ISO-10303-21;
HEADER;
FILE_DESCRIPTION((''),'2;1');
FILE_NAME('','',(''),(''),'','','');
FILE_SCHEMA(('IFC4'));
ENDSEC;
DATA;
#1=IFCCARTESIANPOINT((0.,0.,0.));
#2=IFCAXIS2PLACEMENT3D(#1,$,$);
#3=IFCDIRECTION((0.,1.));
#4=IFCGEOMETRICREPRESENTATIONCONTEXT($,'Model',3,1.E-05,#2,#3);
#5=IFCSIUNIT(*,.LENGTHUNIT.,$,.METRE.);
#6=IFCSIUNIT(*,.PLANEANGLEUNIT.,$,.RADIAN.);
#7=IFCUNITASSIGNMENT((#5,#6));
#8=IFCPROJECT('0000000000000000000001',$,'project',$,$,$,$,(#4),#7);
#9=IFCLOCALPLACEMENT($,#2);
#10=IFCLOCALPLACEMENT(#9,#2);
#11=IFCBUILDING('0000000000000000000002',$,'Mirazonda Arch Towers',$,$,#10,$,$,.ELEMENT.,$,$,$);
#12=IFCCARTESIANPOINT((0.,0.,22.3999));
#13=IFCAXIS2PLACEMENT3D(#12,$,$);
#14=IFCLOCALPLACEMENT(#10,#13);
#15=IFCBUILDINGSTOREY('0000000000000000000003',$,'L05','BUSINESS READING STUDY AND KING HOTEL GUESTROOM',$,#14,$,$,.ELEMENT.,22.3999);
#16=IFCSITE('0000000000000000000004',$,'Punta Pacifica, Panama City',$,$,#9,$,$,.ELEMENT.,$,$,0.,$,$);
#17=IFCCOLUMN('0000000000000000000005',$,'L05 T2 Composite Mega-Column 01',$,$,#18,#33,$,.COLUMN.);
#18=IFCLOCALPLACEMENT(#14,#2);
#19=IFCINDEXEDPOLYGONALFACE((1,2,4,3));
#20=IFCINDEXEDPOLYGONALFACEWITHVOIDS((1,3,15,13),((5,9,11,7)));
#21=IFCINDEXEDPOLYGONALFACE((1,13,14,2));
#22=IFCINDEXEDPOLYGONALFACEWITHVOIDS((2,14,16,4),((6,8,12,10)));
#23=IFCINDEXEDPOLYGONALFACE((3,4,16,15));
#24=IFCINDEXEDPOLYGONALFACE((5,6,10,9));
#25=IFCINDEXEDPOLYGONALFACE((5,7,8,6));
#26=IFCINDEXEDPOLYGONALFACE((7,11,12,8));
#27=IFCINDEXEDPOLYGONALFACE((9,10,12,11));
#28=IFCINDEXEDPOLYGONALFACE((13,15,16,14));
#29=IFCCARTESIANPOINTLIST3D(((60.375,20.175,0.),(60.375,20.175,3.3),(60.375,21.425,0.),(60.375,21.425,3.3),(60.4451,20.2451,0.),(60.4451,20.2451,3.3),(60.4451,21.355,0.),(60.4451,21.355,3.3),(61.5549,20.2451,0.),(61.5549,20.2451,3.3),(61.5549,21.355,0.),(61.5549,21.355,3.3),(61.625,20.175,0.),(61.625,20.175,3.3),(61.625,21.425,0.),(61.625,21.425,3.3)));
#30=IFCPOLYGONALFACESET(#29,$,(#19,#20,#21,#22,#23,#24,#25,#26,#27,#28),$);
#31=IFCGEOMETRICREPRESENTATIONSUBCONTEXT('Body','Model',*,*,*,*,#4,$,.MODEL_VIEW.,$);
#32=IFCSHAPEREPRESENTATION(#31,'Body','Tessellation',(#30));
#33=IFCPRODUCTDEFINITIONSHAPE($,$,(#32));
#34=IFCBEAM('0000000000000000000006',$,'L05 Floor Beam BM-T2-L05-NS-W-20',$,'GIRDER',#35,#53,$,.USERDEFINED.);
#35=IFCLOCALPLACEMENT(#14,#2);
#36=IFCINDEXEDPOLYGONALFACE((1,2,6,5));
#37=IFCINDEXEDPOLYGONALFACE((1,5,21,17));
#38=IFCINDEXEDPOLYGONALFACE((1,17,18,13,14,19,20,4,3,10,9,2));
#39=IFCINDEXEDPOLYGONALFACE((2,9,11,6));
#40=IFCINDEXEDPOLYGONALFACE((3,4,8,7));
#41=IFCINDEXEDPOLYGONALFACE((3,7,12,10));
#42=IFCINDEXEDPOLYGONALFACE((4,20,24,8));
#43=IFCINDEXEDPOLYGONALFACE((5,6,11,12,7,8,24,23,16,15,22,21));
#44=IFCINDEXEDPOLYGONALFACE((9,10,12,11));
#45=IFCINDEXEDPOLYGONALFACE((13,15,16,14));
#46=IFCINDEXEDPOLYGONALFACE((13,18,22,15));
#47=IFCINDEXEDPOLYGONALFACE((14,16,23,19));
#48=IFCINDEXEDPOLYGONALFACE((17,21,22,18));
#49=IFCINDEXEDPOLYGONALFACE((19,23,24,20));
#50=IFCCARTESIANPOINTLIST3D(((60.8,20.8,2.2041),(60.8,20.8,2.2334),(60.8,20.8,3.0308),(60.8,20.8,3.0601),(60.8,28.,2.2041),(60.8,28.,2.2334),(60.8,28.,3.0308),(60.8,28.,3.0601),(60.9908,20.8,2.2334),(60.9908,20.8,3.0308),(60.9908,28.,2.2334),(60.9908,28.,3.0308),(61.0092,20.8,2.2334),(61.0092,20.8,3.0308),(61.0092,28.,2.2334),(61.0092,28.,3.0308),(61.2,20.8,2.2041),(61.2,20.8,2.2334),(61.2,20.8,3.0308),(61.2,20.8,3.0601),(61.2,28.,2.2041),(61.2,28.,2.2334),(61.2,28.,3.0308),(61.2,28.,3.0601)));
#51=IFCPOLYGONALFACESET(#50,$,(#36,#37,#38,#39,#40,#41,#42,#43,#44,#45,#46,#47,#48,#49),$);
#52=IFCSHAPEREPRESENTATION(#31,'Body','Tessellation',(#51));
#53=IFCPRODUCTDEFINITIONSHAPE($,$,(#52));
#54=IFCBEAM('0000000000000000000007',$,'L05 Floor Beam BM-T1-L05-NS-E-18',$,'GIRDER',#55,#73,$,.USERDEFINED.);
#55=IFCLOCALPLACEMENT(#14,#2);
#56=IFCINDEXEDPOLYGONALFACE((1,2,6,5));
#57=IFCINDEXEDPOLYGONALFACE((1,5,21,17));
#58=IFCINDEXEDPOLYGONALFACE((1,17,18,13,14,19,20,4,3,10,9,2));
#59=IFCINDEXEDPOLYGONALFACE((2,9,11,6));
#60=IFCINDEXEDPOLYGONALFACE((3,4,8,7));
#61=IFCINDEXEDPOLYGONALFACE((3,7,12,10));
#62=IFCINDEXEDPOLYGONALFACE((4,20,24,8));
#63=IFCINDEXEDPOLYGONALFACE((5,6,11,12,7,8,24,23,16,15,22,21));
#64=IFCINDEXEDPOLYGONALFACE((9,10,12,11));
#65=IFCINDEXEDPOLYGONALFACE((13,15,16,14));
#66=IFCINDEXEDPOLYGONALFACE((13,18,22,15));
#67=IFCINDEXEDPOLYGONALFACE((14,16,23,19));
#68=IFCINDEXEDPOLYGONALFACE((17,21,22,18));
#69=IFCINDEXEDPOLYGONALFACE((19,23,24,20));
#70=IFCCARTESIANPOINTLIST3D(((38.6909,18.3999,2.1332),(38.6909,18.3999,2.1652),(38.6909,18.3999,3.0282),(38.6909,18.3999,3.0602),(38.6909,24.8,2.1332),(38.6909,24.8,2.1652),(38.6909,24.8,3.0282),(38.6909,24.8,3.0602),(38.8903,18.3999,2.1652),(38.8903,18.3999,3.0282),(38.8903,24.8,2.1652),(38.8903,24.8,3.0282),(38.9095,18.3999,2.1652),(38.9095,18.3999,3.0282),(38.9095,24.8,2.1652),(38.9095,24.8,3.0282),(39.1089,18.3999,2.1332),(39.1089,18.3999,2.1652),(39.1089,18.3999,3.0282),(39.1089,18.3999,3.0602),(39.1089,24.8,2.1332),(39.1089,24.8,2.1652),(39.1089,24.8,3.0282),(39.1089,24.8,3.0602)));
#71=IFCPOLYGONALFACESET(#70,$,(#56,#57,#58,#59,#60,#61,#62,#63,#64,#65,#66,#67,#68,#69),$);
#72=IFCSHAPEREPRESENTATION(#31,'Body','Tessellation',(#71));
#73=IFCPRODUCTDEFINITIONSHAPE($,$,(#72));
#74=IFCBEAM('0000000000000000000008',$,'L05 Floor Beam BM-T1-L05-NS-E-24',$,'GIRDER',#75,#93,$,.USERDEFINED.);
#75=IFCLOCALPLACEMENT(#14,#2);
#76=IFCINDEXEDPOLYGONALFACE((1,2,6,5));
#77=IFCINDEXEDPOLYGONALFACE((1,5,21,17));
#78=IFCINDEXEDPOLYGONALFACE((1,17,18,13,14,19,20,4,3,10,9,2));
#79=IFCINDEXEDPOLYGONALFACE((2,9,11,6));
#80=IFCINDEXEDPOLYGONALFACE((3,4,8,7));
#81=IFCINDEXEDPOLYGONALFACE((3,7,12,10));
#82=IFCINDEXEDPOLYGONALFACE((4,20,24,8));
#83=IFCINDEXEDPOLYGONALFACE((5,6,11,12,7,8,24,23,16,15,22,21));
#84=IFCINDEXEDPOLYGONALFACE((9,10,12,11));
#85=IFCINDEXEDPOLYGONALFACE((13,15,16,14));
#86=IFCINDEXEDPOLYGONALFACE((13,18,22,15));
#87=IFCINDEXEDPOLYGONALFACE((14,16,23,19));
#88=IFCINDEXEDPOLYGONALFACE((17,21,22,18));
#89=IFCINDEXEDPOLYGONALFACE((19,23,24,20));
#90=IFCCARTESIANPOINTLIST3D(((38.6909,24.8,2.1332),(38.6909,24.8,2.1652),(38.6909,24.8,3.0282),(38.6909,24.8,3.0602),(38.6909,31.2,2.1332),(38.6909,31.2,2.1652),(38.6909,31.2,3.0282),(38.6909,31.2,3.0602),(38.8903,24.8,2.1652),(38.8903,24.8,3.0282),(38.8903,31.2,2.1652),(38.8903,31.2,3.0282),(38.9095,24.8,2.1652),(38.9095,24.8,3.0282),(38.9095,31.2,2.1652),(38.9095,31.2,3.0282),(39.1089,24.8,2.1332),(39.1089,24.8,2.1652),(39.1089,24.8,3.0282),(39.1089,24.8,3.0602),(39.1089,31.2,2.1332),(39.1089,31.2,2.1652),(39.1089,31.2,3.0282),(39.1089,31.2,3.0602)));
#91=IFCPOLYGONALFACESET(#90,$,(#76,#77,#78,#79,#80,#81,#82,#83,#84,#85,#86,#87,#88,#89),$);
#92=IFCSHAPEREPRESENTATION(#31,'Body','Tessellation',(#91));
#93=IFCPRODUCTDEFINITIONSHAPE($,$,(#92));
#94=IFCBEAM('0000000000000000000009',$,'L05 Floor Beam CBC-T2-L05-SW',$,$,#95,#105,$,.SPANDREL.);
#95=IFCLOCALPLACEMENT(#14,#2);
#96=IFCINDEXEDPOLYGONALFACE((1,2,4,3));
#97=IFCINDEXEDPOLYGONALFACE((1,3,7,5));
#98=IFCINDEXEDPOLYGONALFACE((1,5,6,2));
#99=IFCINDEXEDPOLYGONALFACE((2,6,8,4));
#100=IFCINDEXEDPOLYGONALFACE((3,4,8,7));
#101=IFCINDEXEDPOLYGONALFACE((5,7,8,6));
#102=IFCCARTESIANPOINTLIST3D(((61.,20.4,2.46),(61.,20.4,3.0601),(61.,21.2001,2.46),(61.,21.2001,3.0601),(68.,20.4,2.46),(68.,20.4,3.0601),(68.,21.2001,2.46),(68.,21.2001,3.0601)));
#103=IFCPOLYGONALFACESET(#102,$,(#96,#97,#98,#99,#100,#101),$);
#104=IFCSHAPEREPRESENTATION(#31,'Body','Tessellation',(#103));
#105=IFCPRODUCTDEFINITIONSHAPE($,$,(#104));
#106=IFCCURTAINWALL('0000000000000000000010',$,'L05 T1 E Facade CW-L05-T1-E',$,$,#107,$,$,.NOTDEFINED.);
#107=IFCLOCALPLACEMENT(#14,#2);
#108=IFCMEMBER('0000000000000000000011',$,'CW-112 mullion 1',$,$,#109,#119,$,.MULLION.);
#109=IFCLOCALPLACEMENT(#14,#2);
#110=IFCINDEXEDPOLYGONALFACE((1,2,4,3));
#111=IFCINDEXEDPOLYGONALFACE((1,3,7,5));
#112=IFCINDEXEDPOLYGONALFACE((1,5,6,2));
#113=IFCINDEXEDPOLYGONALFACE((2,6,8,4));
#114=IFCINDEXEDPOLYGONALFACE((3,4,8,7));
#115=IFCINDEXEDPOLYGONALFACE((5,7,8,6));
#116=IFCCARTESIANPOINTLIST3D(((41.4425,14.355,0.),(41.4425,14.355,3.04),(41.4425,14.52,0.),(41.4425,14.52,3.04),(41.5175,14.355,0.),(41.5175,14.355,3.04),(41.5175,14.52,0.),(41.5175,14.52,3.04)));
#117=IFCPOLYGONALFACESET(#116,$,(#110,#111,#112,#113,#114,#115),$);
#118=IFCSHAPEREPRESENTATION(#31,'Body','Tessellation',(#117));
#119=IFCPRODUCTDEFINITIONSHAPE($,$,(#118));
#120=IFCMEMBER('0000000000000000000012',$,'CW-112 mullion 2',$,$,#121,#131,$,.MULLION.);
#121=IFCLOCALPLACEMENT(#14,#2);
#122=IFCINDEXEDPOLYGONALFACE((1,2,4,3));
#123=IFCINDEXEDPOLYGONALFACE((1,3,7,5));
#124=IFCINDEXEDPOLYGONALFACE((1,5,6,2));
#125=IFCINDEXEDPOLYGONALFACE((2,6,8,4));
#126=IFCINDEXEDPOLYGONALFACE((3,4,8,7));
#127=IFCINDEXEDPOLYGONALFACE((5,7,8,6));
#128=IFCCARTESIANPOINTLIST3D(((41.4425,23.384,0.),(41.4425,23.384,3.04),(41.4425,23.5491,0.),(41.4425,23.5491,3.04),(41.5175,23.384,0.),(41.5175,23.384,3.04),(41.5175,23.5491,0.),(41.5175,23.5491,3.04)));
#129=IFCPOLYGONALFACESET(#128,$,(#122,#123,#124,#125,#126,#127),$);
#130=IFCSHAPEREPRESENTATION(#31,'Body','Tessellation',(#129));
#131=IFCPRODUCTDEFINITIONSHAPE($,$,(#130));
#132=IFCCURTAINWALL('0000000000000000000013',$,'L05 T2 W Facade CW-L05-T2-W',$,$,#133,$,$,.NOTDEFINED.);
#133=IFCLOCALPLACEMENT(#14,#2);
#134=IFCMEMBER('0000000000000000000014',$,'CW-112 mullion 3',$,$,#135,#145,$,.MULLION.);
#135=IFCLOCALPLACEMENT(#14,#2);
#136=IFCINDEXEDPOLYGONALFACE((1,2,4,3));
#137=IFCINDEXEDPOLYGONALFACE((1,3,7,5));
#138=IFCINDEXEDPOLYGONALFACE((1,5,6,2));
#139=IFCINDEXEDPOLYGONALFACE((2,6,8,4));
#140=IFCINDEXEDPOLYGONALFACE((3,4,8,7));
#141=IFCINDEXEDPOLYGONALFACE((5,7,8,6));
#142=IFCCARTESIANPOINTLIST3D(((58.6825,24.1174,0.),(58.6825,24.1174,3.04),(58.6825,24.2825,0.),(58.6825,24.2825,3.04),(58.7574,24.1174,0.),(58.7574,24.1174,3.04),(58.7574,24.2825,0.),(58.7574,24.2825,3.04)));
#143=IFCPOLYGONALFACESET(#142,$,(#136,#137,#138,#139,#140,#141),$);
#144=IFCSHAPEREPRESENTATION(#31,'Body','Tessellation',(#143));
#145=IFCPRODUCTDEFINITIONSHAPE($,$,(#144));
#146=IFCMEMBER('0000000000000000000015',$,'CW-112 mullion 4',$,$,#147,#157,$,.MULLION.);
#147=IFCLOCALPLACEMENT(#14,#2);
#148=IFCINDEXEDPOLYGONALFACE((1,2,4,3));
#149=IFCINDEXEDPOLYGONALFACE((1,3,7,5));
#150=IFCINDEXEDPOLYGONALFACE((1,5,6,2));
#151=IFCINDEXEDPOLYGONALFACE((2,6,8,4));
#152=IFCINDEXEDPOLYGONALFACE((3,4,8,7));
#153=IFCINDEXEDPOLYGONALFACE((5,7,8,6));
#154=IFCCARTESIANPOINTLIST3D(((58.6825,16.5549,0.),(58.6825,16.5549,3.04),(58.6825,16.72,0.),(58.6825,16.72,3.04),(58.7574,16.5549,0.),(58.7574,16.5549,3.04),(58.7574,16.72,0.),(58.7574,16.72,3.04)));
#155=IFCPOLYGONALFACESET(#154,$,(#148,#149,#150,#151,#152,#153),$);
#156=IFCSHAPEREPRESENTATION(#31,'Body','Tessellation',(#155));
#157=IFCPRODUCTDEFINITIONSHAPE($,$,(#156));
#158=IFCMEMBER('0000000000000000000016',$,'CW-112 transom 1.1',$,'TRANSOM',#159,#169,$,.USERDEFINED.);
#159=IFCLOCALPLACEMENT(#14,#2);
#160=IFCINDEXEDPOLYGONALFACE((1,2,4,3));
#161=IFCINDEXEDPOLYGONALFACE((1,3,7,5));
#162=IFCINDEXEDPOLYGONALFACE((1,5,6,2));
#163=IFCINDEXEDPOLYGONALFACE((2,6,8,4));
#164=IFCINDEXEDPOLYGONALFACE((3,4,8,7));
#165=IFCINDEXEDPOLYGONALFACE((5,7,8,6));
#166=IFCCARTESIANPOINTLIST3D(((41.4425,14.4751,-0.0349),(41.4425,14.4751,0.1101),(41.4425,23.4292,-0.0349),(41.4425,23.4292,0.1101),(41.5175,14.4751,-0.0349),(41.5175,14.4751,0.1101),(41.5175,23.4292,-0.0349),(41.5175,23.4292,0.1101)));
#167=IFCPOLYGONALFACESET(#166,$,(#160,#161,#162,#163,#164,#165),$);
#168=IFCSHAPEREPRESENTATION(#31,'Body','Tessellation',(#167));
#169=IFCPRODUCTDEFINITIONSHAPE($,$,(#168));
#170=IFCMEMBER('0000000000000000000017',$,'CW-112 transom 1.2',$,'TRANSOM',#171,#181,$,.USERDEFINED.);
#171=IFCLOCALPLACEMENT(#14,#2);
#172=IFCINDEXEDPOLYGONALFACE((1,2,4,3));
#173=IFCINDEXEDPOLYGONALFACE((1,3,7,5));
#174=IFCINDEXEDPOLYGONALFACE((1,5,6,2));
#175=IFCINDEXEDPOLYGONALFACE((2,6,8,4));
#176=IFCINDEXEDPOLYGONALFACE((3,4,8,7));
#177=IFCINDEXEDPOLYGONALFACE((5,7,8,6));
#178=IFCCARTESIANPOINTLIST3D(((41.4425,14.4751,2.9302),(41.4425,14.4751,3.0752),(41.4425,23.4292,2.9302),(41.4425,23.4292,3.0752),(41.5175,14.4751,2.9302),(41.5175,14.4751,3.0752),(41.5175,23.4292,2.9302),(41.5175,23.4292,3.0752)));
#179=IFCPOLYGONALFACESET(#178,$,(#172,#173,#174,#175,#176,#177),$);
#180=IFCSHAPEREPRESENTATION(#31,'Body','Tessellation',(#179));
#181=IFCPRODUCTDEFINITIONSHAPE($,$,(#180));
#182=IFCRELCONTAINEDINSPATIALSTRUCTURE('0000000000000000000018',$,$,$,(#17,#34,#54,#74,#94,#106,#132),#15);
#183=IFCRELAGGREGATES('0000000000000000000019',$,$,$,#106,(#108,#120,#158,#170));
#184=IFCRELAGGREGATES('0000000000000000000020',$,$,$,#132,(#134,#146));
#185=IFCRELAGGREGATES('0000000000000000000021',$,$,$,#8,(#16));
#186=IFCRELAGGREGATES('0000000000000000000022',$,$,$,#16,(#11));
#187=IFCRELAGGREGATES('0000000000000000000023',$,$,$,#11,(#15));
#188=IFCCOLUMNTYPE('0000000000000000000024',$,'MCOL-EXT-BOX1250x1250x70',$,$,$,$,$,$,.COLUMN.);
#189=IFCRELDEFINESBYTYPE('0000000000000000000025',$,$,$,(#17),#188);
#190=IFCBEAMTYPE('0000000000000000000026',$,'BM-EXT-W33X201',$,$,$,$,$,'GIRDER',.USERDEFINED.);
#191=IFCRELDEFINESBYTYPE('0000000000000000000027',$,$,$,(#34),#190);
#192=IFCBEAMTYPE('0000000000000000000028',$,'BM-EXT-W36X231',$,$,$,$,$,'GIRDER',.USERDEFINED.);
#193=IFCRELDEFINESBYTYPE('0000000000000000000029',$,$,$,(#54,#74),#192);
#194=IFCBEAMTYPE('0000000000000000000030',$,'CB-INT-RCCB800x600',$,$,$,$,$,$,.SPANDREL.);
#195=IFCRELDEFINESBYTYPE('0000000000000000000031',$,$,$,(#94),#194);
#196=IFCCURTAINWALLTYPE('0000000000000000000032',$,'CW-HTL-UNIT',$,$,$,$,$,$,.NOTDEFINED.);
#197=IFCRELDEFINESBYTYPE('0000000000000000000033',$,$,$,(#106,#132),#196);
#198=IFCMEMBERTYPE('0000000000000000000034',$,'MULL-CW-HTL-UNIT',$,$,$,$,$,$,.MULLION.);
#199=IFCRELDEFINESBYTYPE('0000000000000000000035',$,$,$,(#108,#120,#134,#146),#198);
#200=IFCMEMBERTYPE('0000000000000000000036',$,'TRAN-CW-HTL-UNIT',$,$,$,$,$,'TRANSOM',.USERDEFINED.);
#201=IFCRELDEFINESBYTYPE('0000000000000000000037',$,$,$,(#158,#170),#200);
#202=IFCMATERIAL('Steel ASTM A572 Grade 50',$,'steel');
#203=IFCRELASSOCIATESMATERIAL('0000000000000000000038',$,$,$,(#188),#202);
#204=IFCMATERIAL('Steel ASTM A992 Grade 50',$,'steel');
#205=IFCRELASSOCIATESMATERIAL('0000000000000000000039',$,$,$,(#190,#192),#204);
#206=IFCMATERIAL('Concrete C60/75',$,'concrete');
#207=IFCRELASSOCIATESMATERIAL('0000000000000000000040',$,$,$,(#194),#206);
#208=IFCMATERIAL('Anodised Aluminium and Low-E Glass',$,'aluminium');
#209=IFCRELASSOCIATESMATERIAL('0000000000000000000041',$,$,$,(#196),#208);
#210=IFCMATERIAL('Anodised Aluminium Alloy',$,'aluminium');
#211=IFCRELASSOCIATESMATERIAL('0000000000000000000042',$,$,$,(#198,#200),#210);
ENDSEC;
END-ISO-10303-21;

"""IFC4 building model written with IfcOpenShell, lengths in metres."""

from ifc_helpers import new_model, si_unit, direction, frame, origin, origin_2d, place, context, subcontext, project, spatial, rectangle, hollow_rectangle, i_section, extrude, material, material_profile, profile_set, type_object, element, aggregate, save


model = new_model("IFC4")

# Units and contexts
model_context = context("Model", 3, precision=1e-05, world=origin(), true_north=direction((0.0, 1.0)))
body_context = subcontext(model_context, "Body", "Model", "MODEL_VIEW")
ifc_project = project(units=[si_unit("LENGTHUNIT", "METRE"), si_unit("PLANEANGLEUNIT", "RADIAN")], contexts=[model_context])

# Site, building, storey
site_placement = place(None, origin())
site = spatial("IfcSite", under=ifc_project, at=site_placement, Name="Punta Pacifica, Panama City", CompositionType="ELEMENT", RefElevation=0.0)
building_placement = place(site_placement, origin())
building = spatial("IfcBuilding", under=site, at=building_placement, Name="Mirazonda Arch Towers", CompositionType="ELEMENT")
storey_placement = place(building_placement, frame((0.0, 0.0, 22.3999)))
storey = spatial("IfcBuildingStorey", under=building, at=storey_placement, Name="L05", Description="BUSINESS READING STUDY AND KING HOTEL GUESTROOM", CompositionType="ELEMENT", Elevation=22.3999)

# Column
ifc_material_1 = material(Name="Steel ASTM A572 Grade 50", Category="steel")
ifc_material_profile_1 = material_profile(ifc_material_1, hollow_rectangle(XDim=1.25, YDim=1.25, WallThickness=0.0701, at=origin_2d()), Name="BOX1250x1250x70")
ifc_profile_set_1 = profile_set([ifc_material_profile_1], Name="Steel ASTM A572 Grade 50")
column_type = type_object("IfcColumnType", Name="MCOL-EXT-BOX1250x1250x70", PredefinedType="COLUMN", material=ifc_profile_set_1)
column_placement = place(storey_placement, frame((61.0, 20.8, 0.0), z_axis=(0.0, 0.0, 1.0), x_axis=(1.0, 0.0, 0.0)))
element("IfcColumn", 1, at=column_placement, inside=storey, type_object=column_type, Name="L05 T2 Composite Mega-Column 01", PredefinedType="COLUMN", context=body_context, shape_type="SweptSolid", body=[
    extrude(hollow_rectangle(XDim=1.25, YDim=1.25, WallThickness=0.0701, at=origin_2d()), origin(), (0.0, 0.0, 1.0), 3.3),
])

# Beams
ifc_material_2 = material(Name="Steel ASTM A992 Grade 50", Category="steel")
ifc_material_profile_2 = material_profile(ifc_material_2, i_section(OverallWidth=0.3999, OverallDepth=0.856, WebThickness=0.0183, FlangeThickness=0.0293, at=origin_2d()), Name="W33X201")
ifc_profile_set_2 = profile_set([ifc_material_profile_2], Name="Steel ASTM A992 Grade 50")
beam_type_1 = type_object("IfcBeamType", Name="BM-EXT-W33X201", ElementType="GIRDER", PredefinedType="USERDEFINED", material=ifc_profile_set_2)
beam_1_placement = place(storey_placement, frame((61.0, 20.8, 2.6321), z_axis=(0.0, 1.0, 0.0), x_axis=(-1.0, 0.0, 0.0)))
element("IfcBeam", 2, at=beam_1_placement, inside=storey, type_object=beam_type_1, Name="L05 Floor Beam BM-T2-L05-NS-W-20", ObjectType="GIRDER", PredefinedType="USERDEFINED", context=body_context, shape_type="SweptSolid", body=[
    extrude(i_section(OverallWidth=0.3999, OverallDepth=0.856, WebThickness=0.0183, FlangeThickness=0.0293, at=origin_2d()), origin(), (0.0, 0.0, 1.0), 7.2),
])
ifc_material_profile_3 = material_profile(ifc_material_2, i_section(OverallWidth=0.418, OverallDepth=0.927, WebThickness=0.0193, FlangeThickness=0.032, at=origin_2d()), Name="W36X231")
ifc_profile_set_3 = profile_set([ifc_material_profile_3], Name="Steel ASTM A992 Grade 50")
beam_type_2 = type_object("IfcBeamType", Name="BM-EXT-W36X231", ElementType="GIRDER", PredefinedType="USERDEFINED", material=ifc_profile_set_3)
beam_2_placement = place(storey_placement, frame((38.8999, 18.3999, 2.5967), z_axis=(0.0, 1.0, 0.0), x_axis=(-1.0, 0.0, 0.0)))
element("IfcBeam", 3, at=beam_2_placement, inside=storey, type_object=beam_type_2, Name="L05 Floor Beam BM-T1-L05-NS-E-18", ObjectType="GIRDER", PredefinedType="USERDEFINED", context=body_context, shape_type="SweptSolid", body=[
    extrude(i_section(OverallWidth=0.418, OverallDepth=0.927, WebThickness=0.0193, FlangeThickness=0.032, at=origin_2d()), origin(), (0.0, 0.0, 1.0), 6.4001),
])
beam_3_placement = place(storey_placement, frame((38.8999, 24.8, 2.5967), z_axis=(0.0, 1.0, 0.0), x_axis=(-1.0, 0.0, 0.0)))
element("IfcBeam", 4, at=beam_3_placement, inside=storey, type_object=beam_type_2, Name="L05 Floor Beam BM-T1-L05-NS-E-24", ObjectType="GIRDER", PredefinedType="USERDEFINED", context=body_context, shape_type="SweptSolid", body=[
    extrude(i_section(OverallWidth=0.418, OverallDepth=0.927, WebThickness=0.0193, FlangeThickness=0.032, at=origin_2d()), origin(), (0.0, 0.0, 1.0), 6.3999),
])
ifc_material_3 = material(Name="Concrete C60/75", Category="concrete")
ifc_material_profile_4 = material_profile(ifc_material_3, rectangle(XDim=0.8, YDim=0.6001, at=origin_2d()), Name="RCCB800x600")
ifc_profile_set_4 = profile_set([ifc_material_profile_4], Name="Concrete C60/75")
beam_type_3 = type_object("IfcBeamType", Name="CB-INT-RCCB800x600", PredefinedType="SPANDREL", material=ifc_profile_set_4)
beam_4_placement = place(storey_placement, frame((61.0, 20.8, 2.76), z_axis=(1.0, 0.0, 0.0), x_axis=(0.0, 1.0, 0.0)))
element("IfcBeam", 5, at=beam_4_placement, inside=storey, type_object=beam_type_3, Name="L05 Floor Beam CBC-T2-L05-SW", PredefinedType="SPANDREL", context=body_context, shape_type="SweptSolid", body=[
    extrude(rectangle(XDim=0.8, YDim=0.6001, at=origin_2d()), origin(), (0.0, 0.0, 1.0), 7.0),
])

# Curtain walls, members
ifc_material_4 = material(Name="Anodised Aluminium and Low-E Glass", Category="aluminium")
curtain_wall_type = type_object("IfcCurtainWallType", Name="CW-HTL-UNIT", PredefinedType="NOTDEFINED", material=ifc_material_4)
curtain_wall_1_placement = place(storey_placement, origin())
curtain_wall_1 = element("IfcCurtainWall", 6, at=curtain_wall_1_placement, inside=storey, type_object=curtain_wall_type, Name="L05 T1 E Facade CW-L05-T1-E", PredefinedType="NOTDEFINED")
ifc_material_5 = material(Name="Anodised Aluminium Alloy", Category="aluminium")
ifc_material_profile_5 = material_profile(ifc_material_5, rectangle(XDim=0.075, YDim=0.165, at=origin_2d()), Name="ALU-MULL-75x165")
ifc_profile_set_5 = profile_set([ifc_material_profile_5], Name="Anodised Aluminium Alloy")
member_type_1 = type_object("IfcMemberType", Name="MULL-CW-HTL-UNIT", PredefinedType="MULLION", material=ifc_profile_set_5)
member_1_placement = place(storey_placement, frame((41.48, 14.4375, 0.0), z_axis=(0.0, 0.0, 1.0), x_axis=(-1.0, 0.0, 0.0)))
member_1 = element("IfcMember", 7, at=member_1_placement, type_object=member_type_1, Name="CW-112 mullion 1", PredefinedType="MULLION", context=body_context, shape_type="SweptSolid", body=[
    extrude(rectangle(XDim=0.075, YDim=0.165, at=origin_2d()), origin(), (0.0, 0.0, 1.0), 3.04),
])
member_2_placement = place(storey_placement, frame((41.48, 23.4666, 0.0), z_axis=(0.0, 0.0, 1.0), x_axis=(-1.0, 0.0, 0.0)))
member_2 = element("IfcMember", 8, at=member_2_placement, type_object=member_type_1, Name="CW-112 mullion 2", PredefinedType="MULLION", context=body_context, shape_type="SweptSolid", body=[
    extrude(rectangle(XDim=0.075, YDim=0.165, at=origin_2d()), origin(), (0.0, 0.0, 1.0), 3.04),
])
curtain_wall_2_placement = place(storey_placement, origin())
curtain_wall_2 = element("IfcCurtainWall", 9, at=curtain_wall_2_placement, inside=storey, type_object=curtain_wall_type, Name="L05 T2 W Facade CW-L05-T2-W", PredefinedType="NOTDEFINED")
member_3_placement = place(storey_placement, frame((58.72, 24.2, 0.0), z_axis=(0.0, 0.0, 1.0), x_axis=(1.0, 0.0, 0.0)))
member_3 = element("IfcMember", 10, at=member_3_placement, type_object=member_type_1, Name="CW-112 mullion 3", PredefinedType="MULLION", context=body_context, shape_type="SweptSolid", body=[
    extrude(rectangle(XDim=0.075, YDim=0.165, at=origin_2d()), origin(), (0.0, 0.0, 1.0), 3.04),
])
member_4_placement = place(storey_placement, frame((58.72, 16.6375, 0.0), z_axis=(0.0, 0.0, 1.0), x_axis=(1.0, 0.0, 0.0)))
member_4 = element("IfcMember", 11, at=member_4_placement, type_object=member_type_1, Name="CW-112 mullion 4", PredefinedType="MULLION", context=body_context, shape_type="SweptSolid", body=[
    extrude(rectangle(XDim=0.075, YDim=0.165, at=origin_2d()), origin(), (0.0, 0.0, 1.0), 3.04),
])

# Members
ifc_material_profile_6 = material_profile(ifc_material_5, rectangle(XDim=0.075, YDim=0.145, at=origin_2d()), Name="ALU-TRAN-75x145")
ifc_profile_set_6 = profile_set([ifc_material_profile_6], Name="Anodised Aluminium Alloy")
member_type_2 = type_object("IfcMemberType", Name="TRAN-CW-HTL-UNIT", ElementType="TRANSOM", PredefinedType="USERDEFINED", material=ifc_profile_set_6)
member_5_placement = place(storey_placement, frame((41.48, 14.4751, 0.0376), z_axis=(0.0, 1.0, 0.0), x_axis=(-1.0, 0.0, 0.0)))
member_5 = element("IfcMember", 12, at=member_5_placement, type_object=member_type_2, Name="CW-112 transom 1.1", ObjectType="TRANSOM", PredefinedType="USERDEFINED", context=body_context, shape_type="SweptSolid", body=[
    extrude(rectangle(XDim=0.075, YDim=0.145, at=origin_2d()), origin(), (0.0, 0.0, 1.0), 8.9541),
])
member_6_placement = place(storey_placement, frame((41.48, 14.4751, 3.0027), z_axis=(0.0, 1.0, 0.0), x_axis=(-1.0, 0.0, 0.0)))
member_6 = element("IfcMember", 13, at=member_6_placement, type_object=member_type_2, Name="CW-112 transom 1.2", ObjectType="TRANSOM", PredefinedType="USERDEFINED", context=body_context, shape_type="SweptSolid", body=[
    extrude(rectangle(XDim=0.075, YDim=0.145, at=origin_2d()), origin(), (0.0, 0.0, 1.0), 8.9541),
])

aggregate(curtain_wall_1, [member_1, member_2, member_5, member_6])
aggregate(curtain_wall_2, [member_3, member_4])

save(model, "model.ifc")
